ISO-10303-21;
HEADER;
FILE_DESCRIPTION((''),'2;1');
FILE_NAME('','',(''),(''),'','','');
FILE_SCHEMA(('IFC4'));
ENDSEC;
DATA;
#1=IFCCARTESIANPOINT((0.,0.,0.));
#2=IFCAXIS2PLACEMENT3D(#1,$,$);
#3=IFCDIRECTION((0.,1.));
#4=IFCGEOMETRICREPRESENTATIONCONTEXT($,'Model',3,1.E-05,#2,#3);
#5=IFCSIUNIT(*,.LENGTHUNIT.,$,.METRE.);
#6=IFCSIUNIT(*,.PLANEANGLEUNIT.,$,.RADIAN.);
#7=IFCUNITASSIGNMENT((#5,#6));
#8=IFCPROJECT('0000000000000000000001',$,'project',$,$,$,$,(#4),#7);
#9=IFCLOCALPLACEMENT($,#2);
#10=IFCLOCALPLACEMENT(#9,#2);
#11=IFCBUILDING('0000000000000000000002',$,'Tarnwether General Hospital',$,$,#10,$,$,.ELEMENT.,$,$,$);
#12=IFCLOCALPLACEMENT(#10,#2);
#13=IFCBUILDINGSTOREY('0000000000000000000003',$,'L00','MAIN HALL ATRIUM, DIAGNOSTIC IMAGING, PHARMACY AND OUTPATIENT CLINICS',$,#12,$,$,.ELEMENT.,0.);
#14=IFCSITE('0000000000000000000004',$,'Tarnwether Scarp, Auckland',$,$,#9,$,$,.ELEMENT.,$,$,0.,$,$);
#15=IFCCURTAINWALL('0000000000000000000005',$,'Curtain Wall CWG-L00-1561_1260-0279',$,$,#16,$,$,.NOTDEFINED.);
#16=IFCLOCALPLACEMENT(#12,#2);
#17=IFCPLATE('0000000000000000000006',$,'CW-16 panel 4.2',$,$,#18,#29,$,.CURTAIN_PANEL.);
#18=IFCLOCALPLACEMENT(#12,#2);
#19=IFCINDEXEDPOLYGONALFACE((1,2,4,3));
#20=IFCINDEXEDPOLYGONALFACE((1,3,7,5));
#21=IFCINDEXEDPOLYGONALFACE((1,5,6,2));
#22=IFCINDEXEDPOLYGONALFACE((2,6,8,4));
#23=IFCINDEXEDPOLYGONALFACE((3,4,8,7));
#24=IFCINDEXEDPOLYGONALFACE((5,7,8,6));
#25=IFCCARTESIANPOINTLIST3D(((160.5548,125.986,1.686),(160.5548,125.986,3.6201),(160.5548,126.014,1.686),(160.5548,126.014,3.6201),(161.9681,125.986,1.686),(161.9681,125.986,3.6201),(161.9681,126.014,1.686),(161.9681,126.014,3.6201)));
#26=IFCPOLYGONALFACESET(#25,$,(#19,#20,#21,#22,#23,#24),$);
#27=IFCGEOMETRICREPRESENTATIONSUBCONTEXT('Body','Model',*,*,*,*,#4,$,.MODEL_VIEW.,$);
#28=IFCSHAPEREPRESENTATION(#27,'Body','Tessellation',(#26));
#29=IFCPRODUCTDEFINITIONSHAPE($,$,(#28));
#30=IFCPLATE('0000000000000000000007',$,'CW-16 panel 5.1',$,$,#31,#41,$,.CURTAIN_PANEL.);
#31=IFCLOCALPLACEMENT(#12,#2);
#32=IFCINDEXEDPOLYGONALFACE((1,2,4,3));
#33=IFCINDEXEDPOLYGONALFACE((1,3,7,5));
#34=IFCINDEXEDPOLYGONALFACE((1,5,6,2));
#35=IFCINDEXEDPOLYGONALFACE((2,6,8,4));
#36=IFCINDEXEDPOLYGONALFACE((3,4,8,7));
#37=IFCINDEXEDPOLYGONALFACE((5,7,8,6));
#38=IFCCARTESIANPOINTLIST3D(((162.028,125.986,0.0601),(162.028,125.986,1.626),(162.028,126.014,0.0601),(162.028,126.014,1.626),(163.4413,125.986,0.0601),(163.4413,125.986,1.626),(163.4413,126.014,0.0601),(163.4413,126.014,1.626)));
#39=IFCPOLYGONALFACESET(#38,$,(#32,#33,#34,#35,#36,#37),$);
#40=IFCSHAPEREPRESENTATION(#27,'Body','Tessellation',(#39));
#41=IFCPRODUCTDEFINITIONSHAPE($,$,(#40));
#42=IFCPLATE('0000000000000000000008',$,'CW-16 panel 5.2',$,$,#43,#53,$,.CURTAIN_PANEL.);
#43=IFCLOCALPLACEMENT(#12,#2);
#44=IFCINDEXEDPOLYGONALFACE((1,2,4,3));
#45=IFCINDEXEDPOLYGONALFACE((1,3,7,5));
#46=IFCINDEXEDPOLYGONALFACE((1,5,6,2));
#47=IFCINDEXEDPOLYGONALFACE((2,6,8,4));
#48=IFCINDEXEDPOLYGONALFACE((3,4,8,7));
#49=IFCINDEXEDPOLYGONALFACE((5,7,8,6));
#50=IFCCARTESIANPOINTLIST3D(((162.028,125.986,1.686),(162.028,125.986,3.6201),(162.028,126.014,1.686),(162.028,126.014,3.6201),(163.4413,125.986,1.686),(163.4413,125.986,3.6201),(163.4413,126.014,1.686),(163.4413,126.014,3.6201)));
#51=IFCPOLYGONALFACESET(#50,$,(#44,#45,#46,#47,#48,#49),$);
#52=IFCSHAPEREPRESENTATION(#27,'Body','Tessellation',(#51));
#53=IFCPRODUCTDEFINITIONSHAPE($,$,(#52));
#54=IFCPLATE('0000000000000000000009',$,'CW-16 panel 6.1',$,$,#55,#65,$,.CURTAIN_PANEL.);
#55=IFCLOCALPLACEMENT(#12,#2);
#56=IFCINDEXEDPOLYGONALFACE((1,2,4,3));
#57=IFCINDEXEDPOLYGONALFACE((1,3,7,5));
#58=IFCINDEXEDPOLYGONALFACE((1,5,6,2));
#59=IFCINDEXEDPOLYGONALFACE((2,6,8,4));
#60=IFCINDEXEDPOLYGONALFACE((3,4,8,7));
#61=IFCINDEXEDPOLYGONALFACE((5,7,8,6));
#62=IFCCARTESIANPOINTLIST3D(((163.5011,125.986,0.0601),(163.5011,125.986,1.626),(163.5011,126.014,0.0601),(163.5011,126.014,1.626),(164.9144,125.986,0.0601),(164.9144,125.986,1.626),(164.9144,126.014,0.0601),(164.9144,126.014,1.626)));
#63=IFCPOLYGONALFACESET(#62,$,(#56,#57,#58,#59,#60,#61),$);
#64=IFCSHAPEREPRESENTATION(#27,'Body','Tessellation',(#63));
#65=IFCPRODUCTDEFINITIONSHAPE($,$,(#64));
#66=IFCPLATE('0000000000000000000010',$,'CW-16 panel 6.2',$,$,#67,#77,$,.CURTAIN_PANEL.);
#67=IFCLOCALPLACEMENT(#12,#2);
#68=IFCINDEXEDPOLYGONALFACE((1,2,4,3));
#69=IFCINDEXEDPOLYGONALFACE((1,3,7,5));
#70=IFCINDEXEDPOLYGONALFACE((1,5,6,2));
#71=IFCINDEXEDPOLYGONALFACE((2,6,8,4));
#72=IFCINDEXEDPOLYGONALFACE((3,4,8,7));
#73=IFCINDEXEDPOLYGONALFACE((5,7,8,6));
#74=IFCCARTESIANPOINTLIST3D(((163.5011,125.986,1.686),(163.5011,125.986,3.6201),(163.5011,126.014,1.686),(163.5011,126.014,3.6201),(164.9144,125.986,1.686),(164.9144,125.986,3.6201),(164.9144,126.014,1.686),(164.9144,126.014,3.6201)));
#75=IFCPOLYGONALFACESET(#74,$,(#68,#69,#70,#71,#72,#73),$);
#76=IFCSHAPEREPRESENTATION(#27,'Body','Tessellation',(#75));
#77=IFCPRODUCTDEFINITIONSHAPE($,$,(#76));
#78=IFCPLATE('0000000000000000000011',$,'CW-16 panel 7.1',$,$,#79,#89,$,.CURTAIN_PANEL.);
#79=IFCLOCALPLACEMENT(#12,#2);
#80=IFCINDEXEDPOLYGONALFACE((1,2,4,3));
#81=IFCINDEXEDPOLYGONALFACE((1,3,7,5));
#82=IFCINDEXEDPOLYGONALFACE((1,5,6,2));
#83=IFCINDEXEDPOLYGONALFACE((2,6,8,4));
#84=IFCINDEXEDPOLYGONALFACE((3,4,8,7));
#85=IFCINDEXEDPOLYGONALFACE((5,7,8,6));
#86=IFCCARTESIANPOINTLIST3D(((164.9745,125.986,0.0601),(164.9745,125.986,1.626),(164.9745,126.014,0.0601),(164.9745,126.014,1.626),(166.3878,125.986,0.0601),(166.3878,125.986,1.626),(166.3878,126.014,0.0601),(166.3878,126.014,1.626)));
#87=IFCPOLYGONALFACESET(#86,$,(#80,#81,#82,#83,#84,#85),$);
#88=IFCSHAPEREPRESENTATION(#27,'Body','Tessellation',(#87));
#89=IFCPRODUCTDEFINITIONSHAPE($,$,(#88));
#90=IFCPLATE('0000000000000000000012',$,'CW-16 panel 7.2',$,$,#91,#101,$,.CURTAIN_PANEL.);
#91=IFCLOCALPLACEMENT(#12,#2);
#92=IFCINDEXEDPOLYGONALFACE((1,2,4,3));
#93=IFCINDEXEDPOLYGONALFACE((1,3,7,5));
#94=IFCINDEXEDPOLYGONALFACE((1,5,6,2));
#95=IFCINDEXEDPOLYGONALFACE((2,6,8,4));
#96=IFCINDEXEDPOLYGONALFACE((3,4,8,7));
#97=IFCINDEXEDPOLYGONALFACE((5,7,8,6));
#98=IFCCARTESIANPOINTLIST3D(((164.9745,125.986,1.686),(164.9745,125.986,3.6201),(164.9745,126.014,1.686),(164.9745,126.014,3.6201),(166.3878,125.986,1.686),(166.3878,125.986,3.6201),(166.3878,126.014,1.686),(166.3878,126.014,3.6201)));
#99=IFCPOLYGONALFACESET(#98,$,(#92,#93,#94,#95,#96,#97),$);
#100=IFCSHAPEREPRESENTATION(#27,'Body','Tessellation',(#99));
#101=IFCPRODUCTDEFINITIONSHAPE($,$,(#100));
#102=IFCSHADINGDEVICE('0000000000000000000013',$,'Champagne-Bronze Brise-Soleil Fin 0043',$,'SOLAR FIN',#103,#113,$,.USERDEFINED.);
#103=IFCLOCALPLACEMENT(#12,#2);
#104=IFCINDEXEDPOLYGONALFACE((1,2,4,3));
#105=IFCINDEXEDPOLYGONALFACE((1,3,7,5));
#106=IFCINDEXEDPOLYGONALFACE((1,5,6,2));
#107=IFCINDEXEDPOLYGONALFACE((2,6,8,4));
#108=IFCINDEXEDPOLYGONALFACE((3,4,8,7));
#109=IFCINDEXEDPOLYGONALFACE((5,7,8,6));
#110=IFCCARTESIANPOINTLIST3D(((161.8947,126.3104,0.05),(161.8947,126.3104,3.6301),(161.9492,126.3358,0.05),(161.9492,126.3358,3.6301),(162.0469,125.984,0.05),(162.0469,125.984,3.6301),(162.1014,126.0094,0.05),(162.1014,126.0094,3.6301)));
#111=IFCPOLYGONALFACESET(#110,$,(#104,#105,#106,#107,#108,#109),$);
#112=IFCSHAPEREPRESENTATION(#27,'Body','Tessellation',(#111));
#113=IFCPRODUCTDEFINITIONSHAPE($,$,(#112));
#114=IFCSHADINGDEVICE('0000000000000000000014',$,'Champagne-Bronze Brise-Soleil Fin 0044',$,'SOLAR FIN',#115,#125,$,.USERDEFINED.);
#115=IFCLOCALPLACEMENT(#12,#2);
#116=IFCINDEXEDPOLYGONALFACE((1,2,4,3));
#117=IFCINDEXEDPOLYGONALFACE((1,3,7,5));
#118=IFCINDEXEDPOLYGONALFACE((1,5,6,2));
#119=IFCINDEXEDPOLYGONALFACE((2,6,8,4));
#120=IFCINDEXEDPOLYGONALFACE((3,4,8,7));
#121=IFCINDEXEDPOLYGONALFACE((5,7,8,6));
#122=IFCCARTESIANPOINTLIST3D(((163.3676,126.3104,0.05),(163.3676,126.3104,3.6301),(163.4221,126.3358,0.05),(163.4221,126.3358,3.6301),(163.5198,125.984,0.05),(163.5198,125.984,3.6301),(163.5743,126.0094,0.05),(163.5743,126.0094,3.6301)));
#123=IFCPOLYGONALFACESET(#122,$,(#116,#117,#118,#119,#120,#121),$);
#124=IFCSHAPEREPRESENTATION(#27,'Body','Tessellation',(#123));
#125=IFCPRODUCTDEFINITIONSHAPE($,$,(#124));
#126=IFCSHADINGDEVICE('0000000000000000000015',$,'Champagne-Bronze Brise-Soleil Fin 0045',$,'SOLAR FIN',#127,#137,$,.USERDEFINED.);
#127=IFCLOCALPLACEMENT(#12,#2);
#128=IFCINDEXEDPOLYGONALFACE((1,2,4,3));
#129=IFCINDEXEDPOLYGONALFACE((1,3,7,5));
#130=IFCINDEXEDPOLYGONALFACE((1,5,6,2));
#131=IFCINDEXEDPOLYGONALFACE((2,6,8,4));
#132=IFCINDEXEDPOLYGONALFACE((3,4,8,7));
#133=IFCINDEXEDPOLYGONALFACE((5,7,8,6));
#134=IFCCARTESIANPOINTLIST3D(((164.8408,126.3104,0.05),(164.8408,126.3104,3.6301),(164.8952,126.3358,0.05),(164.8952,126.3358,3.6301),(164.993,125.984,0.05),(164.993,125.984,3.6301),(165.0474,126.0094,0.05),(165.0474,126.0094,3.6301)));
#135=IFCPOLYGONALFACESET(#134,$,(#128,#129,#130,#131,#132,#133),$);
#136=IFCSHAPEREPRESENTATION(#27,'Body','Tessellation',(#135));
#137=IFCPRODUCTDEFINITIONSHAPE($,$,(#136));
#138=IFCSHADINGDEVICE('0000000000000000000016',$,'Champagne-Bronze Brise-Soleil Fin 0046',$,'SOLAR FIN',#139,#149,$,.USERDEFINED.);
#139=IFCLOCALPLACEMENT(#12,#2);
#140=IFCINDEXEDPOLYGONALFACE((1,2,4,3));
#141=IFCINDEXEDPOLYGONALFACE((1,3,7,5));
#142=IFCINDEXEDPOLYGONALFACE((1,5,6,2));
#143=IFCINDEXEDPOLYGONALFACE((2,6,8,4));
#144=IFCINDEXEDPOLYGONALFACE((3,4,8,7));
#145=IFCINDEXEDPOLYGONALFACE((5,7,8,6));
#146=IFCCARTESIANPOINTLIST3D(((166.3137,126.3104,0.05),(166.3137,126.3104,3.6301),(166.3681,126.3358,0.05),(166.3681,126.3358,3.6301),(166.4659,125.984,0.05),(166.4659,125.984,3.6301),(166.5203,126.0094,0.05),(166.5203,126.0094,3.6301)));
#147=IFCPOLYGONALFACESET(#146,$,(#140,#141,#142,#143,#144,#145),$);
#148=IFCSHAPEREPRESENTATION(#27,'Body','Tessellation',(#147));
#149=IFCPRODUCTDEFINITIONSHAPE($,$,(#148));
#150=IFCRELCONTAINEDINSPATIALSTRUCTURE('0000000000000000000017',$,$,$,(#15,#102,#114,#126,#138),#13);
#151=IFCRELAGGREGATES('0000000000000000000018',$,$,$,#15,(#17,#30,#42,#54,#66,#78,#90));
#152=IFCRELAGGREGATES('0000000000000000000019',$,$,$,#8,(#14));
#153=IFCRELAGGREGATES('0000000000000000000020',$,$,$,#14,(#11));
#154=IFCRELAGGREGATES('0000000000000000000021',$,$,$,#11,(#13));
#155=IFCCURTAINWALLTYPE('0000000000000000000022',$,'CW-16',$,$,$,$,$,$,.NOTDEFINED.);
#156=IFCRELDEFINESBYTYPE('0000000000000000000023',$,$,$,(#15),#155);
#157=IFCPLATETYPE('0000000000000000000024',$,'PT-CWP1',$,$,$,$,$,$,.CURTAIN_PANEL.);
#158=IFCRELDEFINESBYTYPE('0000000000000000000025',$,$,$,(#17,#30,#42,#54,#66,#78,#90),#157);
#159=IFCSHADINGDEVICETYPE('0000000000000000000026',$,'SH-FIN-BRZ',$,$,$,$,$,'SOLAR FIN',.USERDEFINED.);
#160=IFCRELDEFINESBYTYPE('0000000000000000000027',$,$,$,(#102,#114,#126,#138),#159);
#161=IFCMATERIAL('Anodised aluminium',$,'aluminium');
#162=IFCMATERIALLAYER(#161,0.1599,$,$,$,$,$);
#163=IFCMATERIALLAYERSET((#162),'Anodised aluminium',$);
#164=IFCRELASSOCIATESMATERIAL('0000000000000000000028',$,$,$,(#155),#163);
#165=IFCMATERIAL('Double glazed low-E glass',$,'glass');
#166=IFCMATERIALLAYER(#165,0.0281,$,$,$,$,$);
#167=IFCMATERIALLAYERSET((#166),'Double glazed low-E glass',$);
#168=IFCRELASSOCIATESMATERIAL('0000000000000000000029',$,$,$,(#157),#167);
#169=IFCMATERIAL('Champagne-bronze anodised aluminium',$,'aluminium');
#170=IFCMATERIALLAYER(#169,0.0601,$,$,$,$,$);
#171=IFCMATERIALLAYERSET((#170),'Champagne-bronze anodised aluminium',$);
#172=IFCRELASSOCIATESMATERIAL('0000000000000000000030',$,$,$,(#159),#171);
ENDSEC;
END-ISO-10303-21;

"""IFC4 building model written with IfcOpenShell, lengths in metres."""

from ifc_helpers import new_model, si_unit, direction, frame, origin, origin_2d, place, context, subcontext, project, spatial, rectangle, extrude, material, layer, layer_set, type_object, element, aggregate, save


model = new_model("IFC4")

# Units and contexts
model_context = context("Model", 3, precision=1e-05, world=origin(), true_north=direction((0.0, 1.0)))
body_context = subcontext(model_context, "Body", "Model", "MODEL_VIEW")
ifc_project = project(units=[si_unit("LENGTHUNIT", "METRE"), si_unit("PLANEANGLEUNIT", "RADIAN")], contexts=[model_context])

# Site, building, storey
site_placement = place(None, origin())
site = spatial("IfcSite", under=ifc_project, at=site_placement, Name="Tarnwether Scarp, Auckland", CompositionType="ELEMENT", RefElevation=0.0)
building_placement = place(site_placement, origin())
building = spatial("IfcBuilding", under=site, at=building_placement, Name="Tarnwether General Hospital", CompositionType="ELEMENT")
storey_placement = place(building_placement, origin())
storey = spatial("IfcBuildingStorey", under=building, at=storey_placement, Name="L00", Description="MAIN HALL ATRIUM, DIAGNOSTIC IMAGING, PHARMACY AND OUTPATIENT CLINICS", CompositionType="ELEMENT", Elevation=0.0)

# Curtain wall, plates
ifc_material_1 = material(Name="Anodised aluminium", Category="aluminium")
ifc_layer_1 = layer(ifc_material_1, 0.1599)
ifc_layer_set_1 = layer_set([ifc_layer_1], Name="Anodised aluminium")
curtain_wall_type = type_object("IfcCurtainWallType", Name="CW-16", PredefinedType="NOTDEFINED", material=ifc_layer_set_1)
curtain_wall_placement = place(storey_placement, origin())
curtain_wall = element("IfcCurtainWall", 1, at=curtain_wall_placement, inside=storey, type_object=curtain_wall_type, Name="Curtain Wall CWG-L00-1561_1260-0279", PredefinedType="NOTDEFINED")
ifc_material_2 = material(Name="Double glazed low-E glass", Category="glass")
ifc_layer_2 = layer(ifc_material_2, 0.0281)
ifc_layer_set_2 = layer_set([ifc_layer_2], Name="Double glazed low-E glass")
plate_type = type_object("IfcPlateType", Name="PT-CWP1", PredefinedType="CURTAIN_PANEL", material=ifc_layer_set_2)
plate_1_placement = place(storey_placement, frame((161.2615, 126.0, 1.686), z_axis=(0.0, 0.0, 1.0), x_axis=(1.0, 0.0, 0.0)))
plate_1 = element("IfcPlate", 2, at=plate_1_placement, type_object=plate_type, Name="CW-16 panel 4.2", PredefinedType="CURTAIN_PANEL", context=body_context, shape_type="SweptSolid", body=[
    extrude(rectangle(XDim=1.4133, YDim=0.0281, at=origin_2d()), origin(), (0.0, 0.0, 1.0), 1.9341),
])
plate_2_placement = place(storey_placement, frame((162.7346, 126.0, 0.0601), z_axis=(0.0, 0.0, 1.0), x_axis=(1.0, 0.0, 0.0)))
plate_2 = element("IfcPlate", 3, at=plate_2_placement, type_object=plate_type, Name="CW-16 panel 5.1", PredefinedType="CURTAIN_PANEL", context=body_context, shape_type="SweptSolid", body=[
    extrude(rectangle(XDim=1.4133, YDim=0.0281, at=origin_2d()), origin(), (0.0, 0.0, 1.0), 1.5659),
])
plate_3_placement = place(storey_placement, frame((162.7346, 126.0, 1.686), z_axis=(0.0, 0.0, 1.0), x_axis=(1.0, 0.0, 0.0)))
plate_3 = element("IfcPlate", 4, at=plate_3_placement, type_object=plate_type, Name="CW-16 panel 5.2", PredefinedType="CURTAIN_PANEL", context=body_context, shape_type="SweptSolid", body=[
    extrude(rectangle(XDim=1.4133, YDim=0.0281, at=origin_2d()), origin(), (0.0, 0.0, 1.0), 1.9341),
])
plate_4_placement = place(storey_placement, frame((164.2078, 126.0, 0.0601), z_axis=(0.0, 0.0, 1.0), x_axis=(1.0, 0.0, 0.0)))
plate_4 = element("IfcPlate", 5, at=plate_4_placement, type_object=plate_type, Name="CW-16 panel 6.1", PredefinedType="CURTAIN_PANEL", context=body_context, shape_type="SweptSolid", body=[
    extrude(rectangle(XDim=1.4133, YDim=0.0281, at=origin_2d()), origin(), (0.0, 0.0, 1.0), 1.5659),
])
plate_5_placement = place(storey_placement, frame((164.2078, 126.0, 1.686), z_axis=(0.0, 0.0, 1.0), x_axis=(1.0, 0.0, 0.0)))
plate_5 = element("IfcPlate", 6, at=plate_5_placement, type_object=plate_type, Name="CW-16 panel 6.2", PredefinedType="CURTAIN_PANEL", context=body_context, shape_type="SweptSolid", body=[
    extrude(rectangle(XDim=1.4133, YDim=0.0281, at=origin_2d()), origin(), (0.0, 0.0, 1.0), 1.9341),
])
plate_6_placement = place(storey_placement, frame((165.6812, 126.0, 0.0601), z_axis=(0.0, 0.0, 1.0), x_axis=(1.0, 0.0, 0.0)))
plate_6 = element("IfcPlate", 7, at=plate_6_placement, type_object=plate_type, Name="CW-16 panel 7.1", PredefinedType="CURTAIN_PANEL", context=body_context, shape_type="SweptSolid", body=[
    extrude(rectangle(XDim=1.4133, YDim=0.0281, at=origin_2d()), origin(), (0.0, 0.0, 1.0), 1.5659),
])
plate_7_placement = place(storey_placement, frame((165.6812, 126.0, 1.686), z_axis=(0.0, 0.0, 1.0), x_axis=(1.0, 0.0, 0.0)))
plate_7 = element("IfcPlate", 8, at=plate_7_placement, type_object=plate_type, Name="CW-16 panel 7.2", PredefinedType="CURTAIN_PANEL", context=body_context, shape_type="SweptSolid", body=[
    extrude(rectangle(XDim=1.4133, YDim=0.0281, at=origin_2d()), origin(), (0.0, 0.0, 1.0), 1.9341),
])
aggregate(curtain_wall, [plate_1, plate_2, plate_3, plate_4, plate_5, plate_6, plate_7])

# Shading devices
ifc_material_3 = material(Name="Champagne-bronze anodised aluminium", Category="aluminium")
ifc_layer_3 = layer(ifc_material_3, 0.0601)
ifc_layer_set_3 = layer_set([ifc_layer_3], Name="Champagne-bronze anodised aluminium")
shading_device_type = type_object("IfcShadingDeviceType", Name="SH-FIN-BRZ", ElementType="SOLAR FIN", PredefinedType="USERDEFINED", material=ifc_layer_set_3)
for number, where, z_axis, x_axis, name in (
    (9, (161.998, 126.1599, 0.05), (0.0, 0.0, 1.0), (0.906308, 0.422618, 0.0), "Champagne-Bronze Brise-Soleil Fin 0043"),
    (10, (163.4709, 126.1599, 0.05), (0.0, 0.0, 1.0), (0.906308, 0.422618, 0.0), "Champagne-Bronze Brise-Soleil Fin 0044"),
    (11, (164.9441, 126.1599, 0.05), (0.0, 0.0, 1.0), (0.906308, 0.422618, 0.0), "Champagne-Bronze Brise-Soleil Fin 0045"),
    (12, (166.417, 126.1599, 0.05), (0.0, 0.0, 1.0), (0.906308, 0.422618, 0.0), "Champagne-Bronze Brise-Soleil Fin 0046"),
):
    element("IfcShadingDevice", number, at=place(storey_placement, frame(where, z_axis=z_axis, x_axis=x_axis)), inside=storey, type_object=shading_device_type, Name=name, ObjectType="SOLAR FIN", PredefinedType="USERDEFINED", context=body_context, shape_type="SweptSolid", body=[
        extrude(rectangle(XDim=0.0601, YDim=0.3601, at=origin_2d()), origin(), (0.0, 0.0, 1.0), 3.5801),
    ])

save(model, "model.ifc")
